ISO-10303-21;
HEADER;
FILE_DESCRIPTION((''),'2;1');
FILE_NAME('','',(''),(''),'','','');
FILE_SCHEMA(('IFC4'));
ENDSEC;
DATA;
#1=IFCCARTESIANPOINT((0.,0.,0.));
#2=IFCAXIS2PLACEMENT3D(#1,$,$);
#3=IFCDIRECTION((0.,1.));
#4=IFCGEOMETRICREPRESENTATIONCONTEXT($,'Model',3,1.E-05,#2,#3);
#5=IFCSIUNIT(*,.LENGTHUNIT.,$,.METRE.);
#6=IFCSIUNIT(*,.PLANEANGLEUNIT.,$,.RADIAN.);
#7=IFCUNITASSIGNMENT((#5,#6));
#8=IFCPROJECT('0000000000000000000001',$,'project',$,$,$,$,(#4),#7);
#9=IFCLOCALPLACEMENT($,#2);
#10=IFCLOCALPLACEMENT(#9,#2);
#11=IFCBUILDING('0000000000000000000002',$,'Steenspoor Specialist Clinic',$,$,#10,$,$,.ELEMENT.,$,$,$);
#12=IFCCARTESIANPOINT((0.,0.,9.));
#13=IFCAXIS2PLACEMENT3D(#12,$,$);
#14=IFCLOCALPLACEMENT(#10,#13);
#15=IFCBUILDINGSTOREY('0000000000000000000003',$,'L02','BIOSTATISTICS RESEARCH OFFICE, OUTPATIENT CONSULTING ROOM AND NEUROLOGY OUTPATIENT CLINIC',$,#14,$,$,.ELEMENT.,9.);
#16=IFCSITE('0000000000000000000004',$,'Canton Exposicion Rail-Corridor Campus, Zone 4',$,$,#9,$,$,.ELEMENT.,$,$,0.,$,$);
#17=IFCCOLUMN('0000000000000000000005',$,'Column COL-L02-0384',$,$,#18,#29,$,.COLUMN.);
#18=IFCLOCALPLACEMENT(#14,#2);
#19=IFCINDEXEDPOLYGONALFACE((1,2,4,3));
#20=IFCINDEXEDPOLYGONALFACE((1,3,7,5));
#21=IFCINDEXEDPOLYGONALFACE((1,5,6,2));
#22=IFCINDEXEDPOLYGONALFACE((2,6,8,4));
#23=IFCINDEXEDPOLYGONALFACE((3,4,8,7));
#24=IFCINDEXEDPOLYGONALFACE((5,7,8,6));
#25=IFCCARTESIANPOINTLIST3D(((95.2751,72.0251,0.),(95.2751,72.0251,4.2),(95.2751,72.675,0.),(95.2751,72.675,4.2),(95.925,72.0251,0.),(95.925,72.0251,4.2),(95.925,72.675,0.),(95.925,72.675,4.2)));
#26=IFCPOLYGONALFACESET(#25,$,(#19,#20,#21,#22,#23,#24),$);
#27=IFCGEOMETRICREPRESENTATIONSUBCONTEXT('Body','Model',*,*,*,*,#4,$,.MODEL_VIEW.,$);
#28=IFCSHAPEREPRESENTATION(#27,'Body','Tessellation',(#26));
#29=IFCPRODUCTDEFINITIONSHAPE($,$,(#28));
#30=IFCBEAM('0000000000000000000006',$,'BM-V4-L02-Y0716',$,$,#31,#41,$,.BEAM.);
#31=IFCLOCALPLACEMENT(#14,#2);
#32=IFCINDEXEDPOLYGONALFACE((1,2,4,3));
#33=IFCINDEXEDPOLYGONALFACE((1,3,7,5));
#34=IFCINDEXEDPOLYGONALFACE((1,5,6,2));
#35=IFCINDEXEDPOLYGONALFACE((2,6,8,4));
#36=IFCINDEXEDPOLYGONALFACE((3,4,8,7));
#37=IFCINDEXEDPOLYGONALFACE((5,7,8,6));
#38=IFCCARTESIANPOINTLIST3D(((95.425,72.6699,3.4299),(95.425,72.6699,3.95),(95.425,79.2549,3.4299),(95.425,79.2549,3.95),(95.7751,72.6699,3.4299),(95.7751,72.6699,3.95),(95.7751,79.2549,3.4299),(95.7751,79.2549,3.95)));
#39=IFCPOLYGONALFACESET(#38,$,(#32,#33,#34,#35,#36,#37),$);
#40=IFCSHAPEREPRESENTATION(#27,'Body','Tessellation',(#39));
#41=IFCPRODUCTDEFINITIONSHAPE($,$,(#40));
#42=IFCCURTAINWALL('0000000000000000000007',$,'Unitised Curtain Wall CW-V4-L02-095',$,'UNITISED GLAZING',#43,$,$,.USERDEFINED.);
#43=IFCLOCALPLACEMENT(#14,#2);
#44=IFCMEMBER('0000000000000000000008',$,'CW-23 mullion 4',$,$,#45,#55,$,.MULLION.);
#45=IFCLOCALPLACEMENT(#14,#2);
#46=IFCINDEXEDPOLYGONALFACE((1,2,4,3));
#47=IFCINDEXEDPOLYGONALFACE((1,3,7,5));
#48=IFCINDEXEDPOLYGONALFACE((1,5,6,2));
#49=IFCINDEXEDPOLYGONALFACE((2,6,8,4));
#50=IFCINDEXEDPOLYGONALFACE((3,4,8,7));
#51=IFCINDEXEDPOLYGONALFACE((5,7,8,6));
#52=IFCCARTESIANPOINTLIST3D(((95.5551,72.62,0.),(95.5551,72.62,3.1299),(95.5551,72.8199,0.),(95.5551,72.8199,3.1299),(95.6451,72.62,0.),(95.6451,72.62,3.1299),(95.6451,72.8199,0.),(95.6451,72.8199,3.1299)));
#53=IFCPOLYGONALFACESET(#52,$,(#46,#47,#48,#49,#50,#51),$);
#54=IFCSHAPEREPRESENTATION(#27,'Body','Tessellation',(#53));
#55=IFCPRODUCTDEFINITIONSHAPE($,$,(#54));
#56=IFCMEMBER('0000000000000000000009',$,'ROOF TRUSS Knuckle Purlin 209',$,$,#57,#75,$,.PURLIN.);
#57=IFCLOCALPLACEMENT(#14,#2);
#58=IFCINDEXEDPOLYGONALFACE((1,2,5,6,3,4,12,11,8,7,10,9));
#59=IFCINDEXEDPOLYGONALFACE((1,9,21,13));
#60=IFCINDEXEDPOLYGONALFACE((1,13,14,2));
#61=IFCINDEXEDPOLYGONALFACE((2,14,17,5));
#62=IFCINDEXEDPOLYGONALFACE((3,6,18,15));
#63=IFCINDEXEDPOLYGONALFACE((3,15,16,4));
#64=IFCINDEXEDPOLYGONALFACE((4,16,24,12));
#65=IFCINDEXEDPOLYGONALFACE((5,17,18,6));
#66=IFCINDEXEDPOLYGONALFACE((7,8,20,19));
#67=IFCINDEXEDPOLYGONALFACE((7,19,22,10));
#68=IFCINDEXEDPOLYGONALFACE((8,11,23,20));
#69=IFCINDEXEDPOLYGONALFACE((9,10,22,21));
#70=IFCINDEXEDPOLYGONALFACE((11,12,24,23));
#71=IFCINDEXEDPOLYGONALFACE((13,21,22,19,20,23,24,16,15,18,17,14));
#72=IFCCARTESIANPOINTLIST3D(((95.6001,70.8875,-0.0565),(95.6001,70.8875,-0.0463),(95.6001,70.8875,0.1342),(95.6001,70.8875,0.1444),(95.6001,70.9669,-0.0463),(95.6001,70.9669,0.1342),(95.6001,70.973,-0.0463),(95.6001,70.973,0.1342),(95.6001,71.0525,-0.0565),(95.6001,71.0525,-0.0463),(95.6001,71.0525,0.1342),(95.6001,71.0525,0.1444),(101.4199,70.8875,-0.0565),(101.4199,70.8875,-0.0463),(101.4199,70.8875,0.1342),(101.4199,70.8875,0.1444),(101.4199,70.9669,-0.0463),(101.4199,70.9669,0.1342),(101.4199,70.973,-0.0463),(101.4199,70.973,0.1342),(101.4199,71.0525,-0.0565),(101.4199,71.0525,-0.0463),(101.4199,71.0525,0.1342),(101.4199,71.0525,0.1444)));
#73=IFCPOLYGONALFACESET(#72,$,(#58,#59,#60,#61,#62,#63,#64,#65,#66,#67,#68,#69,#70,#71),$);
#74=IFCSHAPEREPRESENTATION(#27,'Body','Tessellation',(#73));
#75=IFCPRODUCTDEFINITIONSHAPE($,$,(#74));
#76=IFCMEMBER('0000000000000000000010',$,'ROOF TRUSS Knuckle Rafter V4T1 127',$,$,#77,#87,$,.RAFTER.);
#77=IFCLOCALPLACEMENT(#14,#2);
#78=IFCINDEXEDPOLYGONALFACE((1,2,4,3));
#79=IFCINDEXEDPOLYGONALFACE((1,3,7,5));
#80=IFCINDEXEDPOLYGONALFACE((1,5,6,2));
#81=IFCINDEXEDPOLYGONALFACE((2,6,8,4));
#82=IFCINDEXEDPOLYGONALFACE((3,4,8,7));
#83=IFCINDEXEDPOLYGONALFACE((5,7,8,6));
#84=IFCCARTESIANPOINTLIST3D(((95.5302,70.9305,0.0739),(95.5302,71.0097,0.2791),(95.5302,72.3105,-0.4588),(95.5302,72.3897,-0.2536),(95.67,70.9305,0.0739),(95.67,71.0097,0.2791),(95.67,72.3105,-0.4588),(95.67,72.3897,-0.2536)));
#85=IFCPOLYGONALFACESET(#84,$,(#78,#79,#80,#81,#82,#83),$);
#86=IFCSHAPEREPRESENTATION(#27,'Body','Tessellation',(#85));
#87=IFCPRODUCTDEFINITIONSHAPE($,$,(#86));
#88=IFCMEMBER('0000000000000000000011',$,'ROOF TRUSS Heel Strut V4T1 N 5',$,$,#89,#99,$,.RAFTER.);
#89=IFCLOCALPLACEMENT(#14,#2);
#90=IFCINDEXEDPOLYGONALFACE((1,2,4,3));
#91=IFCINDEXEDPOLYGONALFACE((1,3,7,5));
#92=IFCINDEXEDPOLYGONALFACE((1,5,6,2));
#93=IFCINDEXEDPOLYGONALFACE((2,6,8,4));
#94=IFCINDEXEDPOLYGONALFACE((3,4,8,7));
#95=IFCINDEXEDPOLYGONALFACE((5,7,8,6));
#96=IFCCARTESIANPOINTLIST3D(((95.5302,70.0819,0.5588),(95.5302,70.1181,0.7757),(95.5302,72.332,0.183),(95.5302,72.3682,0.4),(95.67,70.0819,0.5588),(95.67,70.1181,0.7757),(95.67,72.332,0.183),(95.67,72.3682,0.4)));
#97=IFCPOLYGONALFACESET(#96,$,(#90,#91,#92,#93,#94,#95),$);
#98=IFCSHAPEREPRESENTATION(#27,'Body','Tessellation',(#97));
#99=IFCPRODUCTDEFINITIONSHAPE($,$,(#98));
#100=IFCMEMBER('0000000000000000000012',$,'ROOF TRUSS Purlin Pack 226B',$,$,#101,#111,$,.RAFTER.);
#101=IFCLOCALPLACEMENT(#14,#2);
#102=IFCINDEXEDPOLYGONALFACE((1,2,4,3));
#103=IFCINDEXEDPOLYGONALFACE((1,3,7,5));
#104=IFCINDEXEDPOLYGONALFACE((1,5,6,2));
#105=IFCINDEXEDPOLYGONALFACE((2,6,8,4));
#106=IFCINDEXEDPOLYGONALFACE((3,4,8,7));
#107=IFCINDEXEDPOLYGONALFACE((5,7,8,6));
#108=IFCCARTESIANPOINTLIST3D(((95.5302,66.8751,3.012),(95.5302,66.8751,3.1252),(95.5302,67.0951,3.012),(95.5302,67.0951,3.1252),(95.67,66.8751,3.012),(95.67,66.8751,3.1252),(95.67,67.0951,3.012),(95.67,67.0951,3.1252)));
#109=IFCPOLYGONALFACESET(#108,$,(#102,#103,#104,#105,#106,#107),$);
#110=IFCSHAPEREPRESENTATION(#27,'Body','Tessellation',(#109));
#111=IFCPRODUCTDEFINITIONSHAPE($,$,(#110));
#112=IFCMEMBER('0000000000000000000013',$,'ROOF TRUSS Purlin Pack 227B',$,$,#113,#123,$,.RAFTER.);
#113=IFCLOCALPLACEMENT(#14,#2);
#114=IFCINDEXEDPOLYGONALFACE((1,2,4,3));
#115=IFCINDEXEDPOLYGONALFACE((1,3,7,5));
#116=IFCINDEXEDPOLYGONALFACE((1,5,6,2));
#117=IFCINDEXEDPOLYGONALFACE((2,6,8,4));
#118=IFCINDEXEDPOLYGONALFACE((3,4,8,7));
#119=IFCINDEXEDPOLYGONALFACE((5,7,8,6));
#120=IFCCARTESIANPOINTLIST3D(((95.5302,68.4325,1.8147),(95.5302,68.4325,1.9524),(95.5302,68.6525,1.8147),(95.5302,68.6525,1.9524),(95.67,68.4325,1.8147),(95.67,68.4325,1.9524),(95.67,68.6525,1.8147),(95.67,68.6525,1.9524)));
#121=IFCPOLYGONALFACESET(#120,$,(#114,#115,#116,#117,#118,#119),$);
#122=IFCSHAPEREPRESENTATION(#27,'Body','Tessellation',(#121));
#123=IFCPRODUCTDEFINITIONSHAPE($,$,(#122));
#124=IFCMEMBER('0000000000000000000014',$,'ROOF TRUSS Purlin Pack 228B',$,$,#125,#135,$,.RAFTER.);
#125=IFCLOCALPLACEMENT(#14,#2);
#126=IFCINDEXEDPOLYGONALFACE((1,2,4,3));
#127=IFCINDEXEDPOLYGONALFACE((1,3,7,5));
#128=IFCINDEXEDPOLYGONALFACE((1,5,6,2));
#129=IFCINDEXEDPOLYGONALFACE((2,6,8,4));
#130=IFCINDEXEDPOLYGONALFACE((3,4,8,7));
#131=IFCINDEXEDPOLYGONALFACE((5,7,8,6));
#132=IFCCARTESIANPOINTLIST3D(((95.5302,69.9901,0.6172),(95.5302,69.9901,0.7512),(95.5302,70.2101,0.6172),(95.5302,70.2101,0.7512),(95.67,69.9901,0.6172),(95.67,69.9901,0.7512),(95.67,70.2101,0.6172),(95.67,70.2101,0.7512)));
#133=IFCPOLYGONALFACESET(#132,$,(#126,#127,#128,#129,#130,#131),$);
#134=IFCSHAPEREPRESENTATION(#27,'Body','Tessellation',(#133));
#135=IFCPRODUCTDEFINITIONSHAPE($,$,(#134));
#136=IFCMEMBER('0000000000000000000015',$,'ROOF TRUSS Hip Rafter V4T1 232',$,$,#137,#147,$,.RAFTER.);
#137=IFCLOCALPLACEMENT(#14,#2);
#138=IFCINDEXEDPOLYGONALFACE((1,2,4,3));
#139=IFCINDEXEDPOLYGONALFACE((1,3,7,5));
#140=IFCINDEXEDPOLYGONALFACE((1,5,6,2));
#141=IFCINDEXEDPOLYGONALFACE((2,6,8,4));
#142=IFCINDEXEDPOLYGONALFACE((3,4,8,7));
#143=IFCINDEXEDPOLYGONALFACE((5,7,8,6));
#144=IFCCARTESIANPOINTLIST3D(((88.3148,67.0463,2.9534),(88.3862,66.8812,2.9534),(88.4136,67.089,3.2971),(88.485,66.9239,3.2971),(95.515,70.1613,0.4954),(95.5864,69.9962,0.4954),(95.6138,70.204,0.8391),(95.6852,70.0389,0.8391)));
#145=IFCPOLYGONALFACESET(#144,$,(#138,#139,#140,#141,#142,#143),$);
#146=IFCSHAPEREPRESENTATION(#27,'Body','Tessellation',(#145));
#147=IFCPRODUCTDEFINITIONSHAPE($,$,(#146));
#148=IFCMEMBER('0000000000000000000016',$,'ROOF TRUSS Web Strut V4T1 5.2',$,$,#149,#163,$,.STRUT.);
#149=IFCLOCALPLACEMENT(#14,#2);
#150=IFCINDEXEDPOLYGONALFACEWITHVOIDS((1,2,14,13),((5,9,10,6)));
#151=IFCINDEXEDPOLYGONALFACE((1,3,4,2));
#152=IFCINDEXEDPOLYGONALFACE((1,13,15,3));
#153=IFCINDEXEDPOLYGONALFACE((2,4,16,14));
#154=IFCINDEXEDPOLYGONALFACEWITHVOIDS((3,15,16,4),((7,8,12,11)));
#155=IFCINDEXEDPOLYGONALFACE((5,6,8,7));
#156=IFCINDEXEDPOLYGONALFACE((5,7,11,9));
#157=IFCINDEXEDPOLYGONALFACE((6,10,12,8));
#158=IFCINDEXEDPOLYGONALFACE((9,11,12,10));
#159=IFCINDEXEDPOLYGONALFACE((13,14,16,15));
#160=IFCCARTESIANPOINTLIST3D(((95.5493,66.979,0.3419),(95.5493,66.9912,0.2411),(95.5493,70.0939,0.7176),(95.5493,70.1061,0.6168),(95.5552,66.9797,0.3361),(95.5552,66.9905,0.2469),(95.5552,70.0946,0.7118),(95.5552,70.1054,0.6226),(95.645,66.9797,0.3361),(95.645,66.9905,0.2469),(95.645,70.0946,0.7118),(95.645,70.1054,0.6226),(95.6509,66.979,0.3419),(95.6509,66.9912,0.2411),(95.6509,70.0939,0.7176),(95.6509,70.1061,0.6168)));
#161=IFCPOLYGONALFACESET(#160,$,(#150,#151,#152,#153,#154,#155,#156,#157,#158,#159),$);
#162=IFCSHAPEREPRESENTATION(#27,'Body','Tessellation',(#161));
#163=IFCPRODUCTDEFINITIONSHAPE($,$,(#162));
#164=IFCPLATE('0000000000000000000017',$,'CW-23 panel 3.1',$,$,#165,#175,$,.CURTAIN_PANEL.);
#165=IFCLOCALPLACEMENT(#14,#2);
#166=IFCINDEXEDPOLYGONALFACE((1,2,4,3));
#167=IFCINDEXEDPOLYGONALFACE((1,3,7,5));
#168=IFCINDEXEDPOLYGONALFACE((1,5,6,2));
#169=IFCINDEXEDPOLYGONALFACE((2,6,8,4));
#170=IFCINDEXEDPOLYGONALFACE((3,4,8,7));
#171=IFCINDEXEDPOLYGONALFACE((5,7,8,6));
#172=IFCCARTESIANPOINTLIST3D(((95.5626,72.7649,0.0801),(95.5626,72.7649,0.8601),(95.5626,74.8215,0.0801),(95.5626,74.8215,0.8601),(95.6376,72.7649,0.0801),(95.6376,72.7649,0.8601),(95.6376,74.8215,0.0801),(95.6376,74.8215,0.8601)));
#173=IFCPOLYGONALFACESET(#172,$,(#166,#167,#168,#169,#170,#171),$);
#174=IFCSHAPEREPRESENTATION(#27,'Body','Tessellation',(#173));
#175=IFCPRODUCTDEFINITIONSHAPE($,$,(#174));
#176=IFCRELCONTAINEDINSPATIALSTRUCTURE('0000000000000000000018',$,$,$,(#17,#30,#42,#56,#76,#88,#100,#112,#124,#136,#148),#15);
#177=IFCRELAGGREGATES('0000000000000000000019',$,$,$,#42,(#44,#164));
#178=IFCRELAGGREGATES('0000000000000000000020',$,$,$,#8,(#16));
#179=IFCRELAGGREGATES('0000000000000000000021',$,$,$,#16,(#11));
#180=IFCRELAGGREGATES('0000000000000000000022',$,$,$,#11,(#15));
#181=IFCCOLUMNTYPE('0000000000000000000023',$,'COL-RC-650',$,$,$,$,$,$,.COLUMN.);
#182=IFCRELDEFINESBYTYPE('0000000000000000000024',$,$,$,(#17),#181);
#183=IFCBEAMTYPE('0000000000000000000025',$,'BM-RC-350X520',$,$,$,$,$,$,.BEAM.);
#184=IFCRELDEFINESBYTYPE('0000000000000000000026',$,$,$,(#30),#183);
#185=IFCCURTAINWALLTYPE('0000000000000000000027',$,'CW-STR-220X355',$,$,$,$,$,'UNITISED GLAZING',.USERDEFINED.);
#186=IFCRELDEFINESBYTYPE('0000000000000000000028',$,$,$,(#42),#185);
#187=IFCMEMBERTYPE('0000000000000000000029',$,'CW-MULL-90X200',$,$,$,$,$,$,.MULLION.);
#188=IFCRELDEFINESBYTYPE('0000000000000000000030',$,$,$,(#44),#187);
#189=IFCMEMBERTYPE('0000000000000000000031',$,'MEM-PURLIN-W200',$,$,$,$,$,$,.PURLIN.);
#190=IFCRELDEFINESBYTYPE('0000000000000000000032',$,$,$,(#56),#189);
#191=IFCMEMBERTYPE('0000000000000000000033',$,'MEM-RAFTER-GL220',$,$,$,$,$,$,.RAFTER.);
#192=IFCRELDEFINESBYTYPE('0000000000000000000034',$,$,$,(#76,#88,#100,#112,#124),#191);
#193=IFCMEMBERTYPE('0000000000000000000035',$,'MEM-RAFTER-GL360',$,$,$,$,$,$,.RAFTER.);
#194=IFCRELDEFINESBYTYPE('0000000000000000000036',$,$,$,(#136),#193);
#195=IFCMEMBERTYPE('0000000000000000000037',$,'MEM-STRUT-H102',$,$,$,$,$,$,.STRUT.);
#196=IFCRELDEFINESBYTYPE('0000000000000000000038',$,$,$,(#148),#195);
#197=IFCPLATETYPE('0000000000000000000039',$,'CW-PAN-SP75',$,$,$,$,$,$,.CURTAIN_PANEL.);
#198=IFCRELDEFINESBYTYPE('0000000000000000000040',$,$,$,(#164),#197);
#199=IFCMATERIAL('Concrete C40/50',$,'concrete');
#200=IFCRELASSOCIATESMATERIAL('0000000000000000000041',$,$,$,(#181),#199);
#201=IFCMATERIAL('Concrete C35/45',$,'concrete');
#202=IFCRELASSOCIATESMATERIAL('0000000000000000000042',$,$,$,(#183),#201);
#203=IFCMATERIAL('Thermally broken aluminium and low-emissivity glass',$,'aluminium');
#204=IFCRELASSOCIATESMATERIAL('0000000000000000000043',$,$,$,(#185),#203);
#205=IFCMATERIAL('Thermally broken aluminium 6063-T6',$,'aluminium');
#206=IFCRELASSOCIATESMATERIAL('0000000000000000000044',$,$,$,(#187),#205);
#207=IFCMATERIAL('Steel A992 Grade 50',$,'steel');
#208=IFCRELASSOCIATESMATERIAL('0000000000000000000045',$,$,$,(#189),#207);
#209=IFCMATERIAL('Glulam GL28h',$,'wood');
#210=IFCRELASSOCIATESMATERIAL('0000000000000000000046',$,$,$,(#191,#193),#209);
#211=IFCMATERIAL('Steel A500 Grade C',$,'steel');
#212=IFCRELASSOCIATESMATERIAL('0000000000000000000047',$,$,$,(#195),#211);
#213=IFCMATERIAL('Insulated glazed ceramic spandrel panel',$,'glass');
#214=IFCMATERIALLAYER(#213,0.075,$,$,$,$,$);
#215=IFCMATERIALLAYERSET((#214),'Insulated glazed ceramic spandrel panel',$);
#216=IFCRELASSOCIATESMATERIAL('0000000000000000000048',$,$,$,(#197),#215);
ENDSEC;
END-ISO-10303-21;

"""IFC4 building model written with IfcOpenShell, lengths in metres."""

from ifc_helpers import new_model, si_unit, direction, frame, origin, origin_2d, place, context, subcontext, project, spatial, rectangle, hollow_rectangle, i_section, extrude, material, layer, layer_set, material_profile, profile_set, type_object, element, aggregate, save


model = new_model("IFC4")

# Units and contexts
model_context = context("Model", 3, precision=1e-05, world=origin(), true_north=direction((0.0, 1.0)))
body_context = subcontext(model_context, "Body", "Model", "MODEL_VIEW")
ifc_project = project(units=[si_unit("LENGTHUNIT", "METRE"), si_unit("PLANEANGLEUNIT", "RADIAN")], contexts=[model_context])

# Site, building, storey
site_placement = place(None, origin())
site = spatial("IfcSite", under=ifc_project, at=site_placement, Name="Canton Exposicion Rail-Corridor Campus, Zone 4", CompositionType="ELEMENT", RefElevation=0.0)
building_placement = place(site_placement, origin())
building = spatial("IfcBuilding", under=site, at=building_placement, Name="Steenspoor Specialist Clinic", CompositionType="ELEMENT")
storey_placement = place(building_placement, frame((0.0, 0.0, 9.0)))
storey = spatial("IfcBuildingStorey", under=building, at=storey_placement, Name="L02", Description="BIOSTATISTICS RESEARCH OFFICE, OUTPATIENT CONSULTING ROOM AND NEUROLOGY OUTPATIENT CLINIC", CompositionType="ELEMENT", Elevation=9.0)

# Column
ifc_material_1 = material(Name="Concrete C40/50", Category="concrete")
ifc_material_profile_1 = material_profile(ifc_material_1, rectangle(XDim=0.6499, YDim=0.6499, at=origin_2d()), Name="RC-COL-650X650")
ifc_profile_set_1 = profile_set([ifc_material_profile_1], Name="Concrete C40/50")
column_type = type_object("IfcColumnType", Name="COL-RC-650", PredefinedType="COLUMN", material=ifc_profile_set_1)
column_placement = place(storey_placement, frame((95.6001, 72.3501, 0.0), z_axis=(0.0, 0.0, 1.0), x_axis=(1.0, 0.0, 0.0)))
element("IfcColumn", 1, at=column_placement, inside=storey, type_object=column_type, Name="Column COL-L02-0384", PredefinedType="COLUMN", context=body_context, shape_type="SweptSolid", body=[
    extrude(rectangle(XDim=0.6499, YDim=0.6499, at=origin_2d()), origin(), (0.0, 0.0, 1.0), 4.2),
])

# Beam
ifc_material_2 = material(Name="Concrete C35/45", Category="concrete")
ifc_material_profile_2 = material_profile(ifc_material_2, rectangle(XDim=0.3501, YDim=0.52, at=origin_2d()), Name="RC-BM-350X520")
ifc_profile_set_2 = profile_set([ifc_material_profile_2], Name="Concrete C35/45")
beam_type = type_object("IfcBeamType", Name="BM-RC-350X520", PredefinedType="BEAM", material=ifc_profile_set_2)
beam_placement = place(storey_placement, frame((95.6001, 72.6699, 3.6899), z_axis=(0.0, 1.0, 0.0), x_axis=(-1.0, 0.0, 0.0)))
element("IfcBeam", 2, at=beam_placement, inside=storey, type_object=beam_type, Name="BM-V4-L02-Y0716", PredefinedType="BEAM", context=body_context, shape_type="SweptSolid", body=[
    extrude(rectangle(XDim=0.3501, YDim=0.52, at=origin_2d()), origin(), (0.0, 0.0, 1.0), 6.585),
])

# Curtain wall, member
ifc_material_3 = material(Name="Thermally broken aluminium and low-emissivity glass", Category="aluminium")
curtain_wall_type = type_object("IfcCurtainWallType", Name="CW-STR-220X355", ElementType="UNITISED GLAZING", PredefinedType="USERDEFINED", material=ifc_material_3)
curtain_wall_placement = place(storey_placement, origin())
curtain_wall = element("IfcCurtainWall", 3, at=curtain_wall_placement, inside=storey, type_object=curtain_wall_type, Name="Unitised Curtain Wall CW-V4-L02-095", ObjectType="UNITISED GLAZING", PredefinedType="USERDEFINED")
ifc_material_4 = material(Name="Thermally broken aluminium 6063-T6", Category="aluminium")
ifc_material_profile_3 = material_profile(ifc_material_4, rectangle(XDim=0.0901, YDim=0.2, at=origin_2d()), Name="CWM-90X200")
ifc_profile_set_3 = profile_set([ifc_material_profile_3], Name="Thermally broken aluminium 6063-T6")
member_type_1 = type_object("IfcMemberType", Name="CW-MULL-90X200", PredefinedType="MULLION", material=ifc_profile_set_3)
member_1_placement = place(storey_placement, frame((95.6001, 72.72, 0.0), z_axis=(0.0, 0.0, 1.0), x_axis=(1.0, 0.0, 0.0)))
member_1 = element("IfcMember", 4, at=member_1_placement, type_object=member_type_1, Name="CW-23 mullion 4", PredefinedType="MULLION", context=body_context, shape_type="SweptSolid", body=[
    extrude(rectangle(XDim=0.0901, YDim=0.2, at=origin_2d()), origin(), (0.0, 0.0, 1.0), 3.1299),
])

# Members
ifc_material_5 = material(Name="Steel A992 Grade 50", Category="steel")
ifc_material_profile_4 = material_profile(ifc_material_5, i_section(OverallWidth=0.165, OverallDepth=0.2009, WebThickness=0.0061, FlangeThickness=0.0103, at=origin_2d()), Name="W200X36")
ifc_profile_set_4 = profile_set([ifc_material_profile_4], Name="Steel A992 Grade 50")
member_type_2 = type_object("IfcMemberType", Name="MEM-PURLIN-W200", PredefinedType="PURLIN", material=ifc_profile_set_4)
member_2_placement = place(storey_placement, frame((95.6001, 70.97, 0.0439), z_axis=(1.0, 0.0, 0.0), x_axis=(0.0, 1.0, 0.0)))
element("IfcMember", 5, at=member_2_placement, inside=storey, type_object=member_type_2, Name="ROOF TRUSS Knuckle Purlin 209", PredefinedType="PURLIN", context=body_context, shape_type="SweptSolid", body=[
    extrude(i_section(OverallWidth=0.165, OverallDepth=0.2009, WebThickness=0.0061, FlangeThickness=0.0103, at=origin_2d()), origin(), (0.0, 0.0, 1.0), 5.8198),
])
ifc_material_6 = material(Name="Glulam GL28h", Category="wood")
ifc_material_profile_5 = material_profile(ifc_material_6, rectangle(XDim=0.1399, YDim=0.22, at=origin_2d()), Name="GL28H-140X220")
ifc_profile_set_5 = profile_set([ifc_material_profile_5], Name="Glulam GL28h")
member_type_3 = type_object("IfcMemberType", Name="MEM-RAFTER-GL220", PredefinedType="RAFTER", material=ifc_profile_set_5)
member_3_placement = place(storey_placement, frame((95.6001, 72.3501, -0.3562), z_axis=(0.0, -0.932915, 0.360096), x_axis=(1.0, 0.0, 0.0)))
element("IfcMember", 6, at=member_3_placement, inside=storey, type_object=member_type_3, Name="ROOF TRUSS Knuckle Rafter V4T1 127", PredefinedType="RAFTER", context=body_context, shape_type="SweptSolid", body=[
    extrude(rectangle(XDim=0.1399, YDim=0.22, at=origin_2d()), origin(), (0.0, 0.0, 1.0), 1.4792),
])
member_4_placement = place(storey_placement, frame((95.6001, 72.3501, 0.2915), z_axis=(0.0, -0.986342, 0.164711), x_axis=(1.0, 0.0, 0.0)))
element("IfcMember", 7, at=member_4_placement, inside=storey, type_object=member_type_3, Name="ROOF TRUSS Heel Strut V4T1 N 5", PredefinedType="RAFTER", context=body_context, shape_type="SweptSolid", body=[
    extrude(rectangle(XDim=0.1399, YDim=0.22, at=origin_2d()), origin(), (0.0, 0.0, 1.0), 2.2812),
])
member_5_placement = place(storey_placement, frame((95.6001, 66.9851, 3.012), z_axis=(0.0, 0.0, 1.0), x_axis=(1.0, 0.0, 0.0)))
element("IfcMember", 8, at=member_5_placement, inside=storey, type_object=member_type_3, Name="ROOF TRUSS Purlin Pack 226B", PredefinedType="RAFTER", context=body_context, shape_type="SweptSolid", body=[
    extrude(rectangle(XDim=0.1399, YDim=0.22, at=origin_2d()), origin(), (0.0, 0.0, 1.0), 0.1133),
])
member_6_placement = place(storey_placement, frame((95.6001, 68.5425, 1.8147), z_axis=(0.0, 0.0, 1.0), x_axis=(1.0, 0.0, 0.0)))
element("IfcMember", 9, at=member_6_placement, inside=storey, type_object=member_type_3, Name="ROOF TRUSS Purlin Pack 227B", PredefinedType="RAFTER", context=body_context, shape_type="SweptSolid", body=[
    extrude(rectangle(XDim=0.1399, YDim=0.22, at=origin_2d()), origin(), (0.0, 0.0, 1.0), 0.1377),
])
member_7_placement = place(storey_placement, frame((95.6001, 70.1001, 0.6172), z_axis=(0.0, 0.0, 1.0), x_axis=(1.0, 0.0, 0.0)))
element("IfcMember", 10, at=member_7_placement, inside=storey, type_object=member_type_3, Name="ROOF TRUSS Purlin Pack 228B", PredefinedType="RAFTER", context=body_context, shape_type="SweptSolid", body=[
    extrude(rectangle(XDim=0.1399, YDim=0.22, at=origin_2d()), origin(), (0.0, 0.0, 1.0), 0.134),
])
ifc_material_profile_6 = material_profile(ifc_material_6, rectangle(XDim=0.1799, YDim=0.3601, at=origin_2d()), Name="GL28H-180X360")
ifc_profile_set_6 = profile_set([ifc_material_profile_6], Name="Glulam GL28h")
member_type_4 = type_object("IfcMemberType", Name="MEM-RAFTER-GL360", PredefinedType="RAFTER", material=ifc_profile_set_6)
member_8_placement = place(storey_placement, frame((95.6001, 70.1001, 0.6672), z_axis=(-0.875811, -0.378898, 0.298985), x_axis=(0.397061, -0.917792, 0.0)))
element("IfcMember", 11, at=member_8_placement, inside=storey, type_object=member_type_4, Name="ROOF TRUSS Hip Rafter V4T1 232", PredefinedType="RAFTER", context=body_context, shape_type="SweptSolid", body=[
    extrude(rectangle(XDim=0.1799, YDim=0.3601, at=origin_2d()), origin(), (0.0, 0.0, 1.0), 8.2212),
])
ifc_material_7 = material(Name="Steel A500 Grade C", Category="steel")
ifc_material_profile_7 = material_profile(ifc_material_7, hollow_rectangle(XDim=0.1016, YDim=0.1016, WallThickness=0.0059, at=origin_2d()), Name="HSS102X102X6.4")
ifc_profile_set_7 = profile_set([ifc_material_profile_7], Name="Steel A500 Grade C")
member_type_5 = type_object("IfcMemberType", Name="MEM-STRUT-H102", PredefinedType="STRUT", material=ifc_profile_set_7)
member_9_placement = place(storey_placement, frame((95.6001, 66.9851, 0.2915), z_axis=(0.0, 0.992804, 0.119753), x_axis=(-1.0, 0.0, 0.0)))
element("IfcMember", 12, at=member_9_placement, inside=storey, type_object=member_type_5, Name="ROOF TRUSS Web Strut V4T1 5.2", PredefinedType="STRUT", context=body_context, shape_type="SweptSolid", body=[
    extrude(hollow_rectangle(XDim=0.1016, YDim=0.1016, WallThickness=0.0059, at=origin_2d()), origin(), (0.0, 0.0, 1.0), 3.1375),
])

# Plate
ifc_material_8 = material(Name="Insulated glazed ceramic spandrel panel", Category="glass")
ifc_layer_1 = layer(ifc_material_8, 0.075)
ifc_layer_set_1 = layer_set([ifc_layer_1], Name="Insulated glazed ceramic spandrel panel")
plate_type_1 = type_object("IfcPlateType", Name="CW-PAN-SP75", PredefinedType="CURTAIN_PANEL", material=ifc_layer_set_1)
plate_1_placement = place(storey_placement, frame((95.6001, 73.7932, 0.0801), z_axis=(0.0, 0.0, 1.0), x_axis=(0.0, -1.0, 0.0)))
plate_1 = element("IfcPlate", 13, at=plate_1_placement, type_object=plate_type_1, Name="CW-23 panel 3.1", PredefinedType="CURTAIN_PANEL", context=body_context, shape_type="SweptSolid", body=[
    extrude(rectangle(XDim=2.0566, YDim=0.075, at=origin_2d()), origin(), (0.0, 0.0, 1.0), 0.78),
])
aggregate(curtain_wall, [member_1, plate_1])

save(model, "model.ifc")
